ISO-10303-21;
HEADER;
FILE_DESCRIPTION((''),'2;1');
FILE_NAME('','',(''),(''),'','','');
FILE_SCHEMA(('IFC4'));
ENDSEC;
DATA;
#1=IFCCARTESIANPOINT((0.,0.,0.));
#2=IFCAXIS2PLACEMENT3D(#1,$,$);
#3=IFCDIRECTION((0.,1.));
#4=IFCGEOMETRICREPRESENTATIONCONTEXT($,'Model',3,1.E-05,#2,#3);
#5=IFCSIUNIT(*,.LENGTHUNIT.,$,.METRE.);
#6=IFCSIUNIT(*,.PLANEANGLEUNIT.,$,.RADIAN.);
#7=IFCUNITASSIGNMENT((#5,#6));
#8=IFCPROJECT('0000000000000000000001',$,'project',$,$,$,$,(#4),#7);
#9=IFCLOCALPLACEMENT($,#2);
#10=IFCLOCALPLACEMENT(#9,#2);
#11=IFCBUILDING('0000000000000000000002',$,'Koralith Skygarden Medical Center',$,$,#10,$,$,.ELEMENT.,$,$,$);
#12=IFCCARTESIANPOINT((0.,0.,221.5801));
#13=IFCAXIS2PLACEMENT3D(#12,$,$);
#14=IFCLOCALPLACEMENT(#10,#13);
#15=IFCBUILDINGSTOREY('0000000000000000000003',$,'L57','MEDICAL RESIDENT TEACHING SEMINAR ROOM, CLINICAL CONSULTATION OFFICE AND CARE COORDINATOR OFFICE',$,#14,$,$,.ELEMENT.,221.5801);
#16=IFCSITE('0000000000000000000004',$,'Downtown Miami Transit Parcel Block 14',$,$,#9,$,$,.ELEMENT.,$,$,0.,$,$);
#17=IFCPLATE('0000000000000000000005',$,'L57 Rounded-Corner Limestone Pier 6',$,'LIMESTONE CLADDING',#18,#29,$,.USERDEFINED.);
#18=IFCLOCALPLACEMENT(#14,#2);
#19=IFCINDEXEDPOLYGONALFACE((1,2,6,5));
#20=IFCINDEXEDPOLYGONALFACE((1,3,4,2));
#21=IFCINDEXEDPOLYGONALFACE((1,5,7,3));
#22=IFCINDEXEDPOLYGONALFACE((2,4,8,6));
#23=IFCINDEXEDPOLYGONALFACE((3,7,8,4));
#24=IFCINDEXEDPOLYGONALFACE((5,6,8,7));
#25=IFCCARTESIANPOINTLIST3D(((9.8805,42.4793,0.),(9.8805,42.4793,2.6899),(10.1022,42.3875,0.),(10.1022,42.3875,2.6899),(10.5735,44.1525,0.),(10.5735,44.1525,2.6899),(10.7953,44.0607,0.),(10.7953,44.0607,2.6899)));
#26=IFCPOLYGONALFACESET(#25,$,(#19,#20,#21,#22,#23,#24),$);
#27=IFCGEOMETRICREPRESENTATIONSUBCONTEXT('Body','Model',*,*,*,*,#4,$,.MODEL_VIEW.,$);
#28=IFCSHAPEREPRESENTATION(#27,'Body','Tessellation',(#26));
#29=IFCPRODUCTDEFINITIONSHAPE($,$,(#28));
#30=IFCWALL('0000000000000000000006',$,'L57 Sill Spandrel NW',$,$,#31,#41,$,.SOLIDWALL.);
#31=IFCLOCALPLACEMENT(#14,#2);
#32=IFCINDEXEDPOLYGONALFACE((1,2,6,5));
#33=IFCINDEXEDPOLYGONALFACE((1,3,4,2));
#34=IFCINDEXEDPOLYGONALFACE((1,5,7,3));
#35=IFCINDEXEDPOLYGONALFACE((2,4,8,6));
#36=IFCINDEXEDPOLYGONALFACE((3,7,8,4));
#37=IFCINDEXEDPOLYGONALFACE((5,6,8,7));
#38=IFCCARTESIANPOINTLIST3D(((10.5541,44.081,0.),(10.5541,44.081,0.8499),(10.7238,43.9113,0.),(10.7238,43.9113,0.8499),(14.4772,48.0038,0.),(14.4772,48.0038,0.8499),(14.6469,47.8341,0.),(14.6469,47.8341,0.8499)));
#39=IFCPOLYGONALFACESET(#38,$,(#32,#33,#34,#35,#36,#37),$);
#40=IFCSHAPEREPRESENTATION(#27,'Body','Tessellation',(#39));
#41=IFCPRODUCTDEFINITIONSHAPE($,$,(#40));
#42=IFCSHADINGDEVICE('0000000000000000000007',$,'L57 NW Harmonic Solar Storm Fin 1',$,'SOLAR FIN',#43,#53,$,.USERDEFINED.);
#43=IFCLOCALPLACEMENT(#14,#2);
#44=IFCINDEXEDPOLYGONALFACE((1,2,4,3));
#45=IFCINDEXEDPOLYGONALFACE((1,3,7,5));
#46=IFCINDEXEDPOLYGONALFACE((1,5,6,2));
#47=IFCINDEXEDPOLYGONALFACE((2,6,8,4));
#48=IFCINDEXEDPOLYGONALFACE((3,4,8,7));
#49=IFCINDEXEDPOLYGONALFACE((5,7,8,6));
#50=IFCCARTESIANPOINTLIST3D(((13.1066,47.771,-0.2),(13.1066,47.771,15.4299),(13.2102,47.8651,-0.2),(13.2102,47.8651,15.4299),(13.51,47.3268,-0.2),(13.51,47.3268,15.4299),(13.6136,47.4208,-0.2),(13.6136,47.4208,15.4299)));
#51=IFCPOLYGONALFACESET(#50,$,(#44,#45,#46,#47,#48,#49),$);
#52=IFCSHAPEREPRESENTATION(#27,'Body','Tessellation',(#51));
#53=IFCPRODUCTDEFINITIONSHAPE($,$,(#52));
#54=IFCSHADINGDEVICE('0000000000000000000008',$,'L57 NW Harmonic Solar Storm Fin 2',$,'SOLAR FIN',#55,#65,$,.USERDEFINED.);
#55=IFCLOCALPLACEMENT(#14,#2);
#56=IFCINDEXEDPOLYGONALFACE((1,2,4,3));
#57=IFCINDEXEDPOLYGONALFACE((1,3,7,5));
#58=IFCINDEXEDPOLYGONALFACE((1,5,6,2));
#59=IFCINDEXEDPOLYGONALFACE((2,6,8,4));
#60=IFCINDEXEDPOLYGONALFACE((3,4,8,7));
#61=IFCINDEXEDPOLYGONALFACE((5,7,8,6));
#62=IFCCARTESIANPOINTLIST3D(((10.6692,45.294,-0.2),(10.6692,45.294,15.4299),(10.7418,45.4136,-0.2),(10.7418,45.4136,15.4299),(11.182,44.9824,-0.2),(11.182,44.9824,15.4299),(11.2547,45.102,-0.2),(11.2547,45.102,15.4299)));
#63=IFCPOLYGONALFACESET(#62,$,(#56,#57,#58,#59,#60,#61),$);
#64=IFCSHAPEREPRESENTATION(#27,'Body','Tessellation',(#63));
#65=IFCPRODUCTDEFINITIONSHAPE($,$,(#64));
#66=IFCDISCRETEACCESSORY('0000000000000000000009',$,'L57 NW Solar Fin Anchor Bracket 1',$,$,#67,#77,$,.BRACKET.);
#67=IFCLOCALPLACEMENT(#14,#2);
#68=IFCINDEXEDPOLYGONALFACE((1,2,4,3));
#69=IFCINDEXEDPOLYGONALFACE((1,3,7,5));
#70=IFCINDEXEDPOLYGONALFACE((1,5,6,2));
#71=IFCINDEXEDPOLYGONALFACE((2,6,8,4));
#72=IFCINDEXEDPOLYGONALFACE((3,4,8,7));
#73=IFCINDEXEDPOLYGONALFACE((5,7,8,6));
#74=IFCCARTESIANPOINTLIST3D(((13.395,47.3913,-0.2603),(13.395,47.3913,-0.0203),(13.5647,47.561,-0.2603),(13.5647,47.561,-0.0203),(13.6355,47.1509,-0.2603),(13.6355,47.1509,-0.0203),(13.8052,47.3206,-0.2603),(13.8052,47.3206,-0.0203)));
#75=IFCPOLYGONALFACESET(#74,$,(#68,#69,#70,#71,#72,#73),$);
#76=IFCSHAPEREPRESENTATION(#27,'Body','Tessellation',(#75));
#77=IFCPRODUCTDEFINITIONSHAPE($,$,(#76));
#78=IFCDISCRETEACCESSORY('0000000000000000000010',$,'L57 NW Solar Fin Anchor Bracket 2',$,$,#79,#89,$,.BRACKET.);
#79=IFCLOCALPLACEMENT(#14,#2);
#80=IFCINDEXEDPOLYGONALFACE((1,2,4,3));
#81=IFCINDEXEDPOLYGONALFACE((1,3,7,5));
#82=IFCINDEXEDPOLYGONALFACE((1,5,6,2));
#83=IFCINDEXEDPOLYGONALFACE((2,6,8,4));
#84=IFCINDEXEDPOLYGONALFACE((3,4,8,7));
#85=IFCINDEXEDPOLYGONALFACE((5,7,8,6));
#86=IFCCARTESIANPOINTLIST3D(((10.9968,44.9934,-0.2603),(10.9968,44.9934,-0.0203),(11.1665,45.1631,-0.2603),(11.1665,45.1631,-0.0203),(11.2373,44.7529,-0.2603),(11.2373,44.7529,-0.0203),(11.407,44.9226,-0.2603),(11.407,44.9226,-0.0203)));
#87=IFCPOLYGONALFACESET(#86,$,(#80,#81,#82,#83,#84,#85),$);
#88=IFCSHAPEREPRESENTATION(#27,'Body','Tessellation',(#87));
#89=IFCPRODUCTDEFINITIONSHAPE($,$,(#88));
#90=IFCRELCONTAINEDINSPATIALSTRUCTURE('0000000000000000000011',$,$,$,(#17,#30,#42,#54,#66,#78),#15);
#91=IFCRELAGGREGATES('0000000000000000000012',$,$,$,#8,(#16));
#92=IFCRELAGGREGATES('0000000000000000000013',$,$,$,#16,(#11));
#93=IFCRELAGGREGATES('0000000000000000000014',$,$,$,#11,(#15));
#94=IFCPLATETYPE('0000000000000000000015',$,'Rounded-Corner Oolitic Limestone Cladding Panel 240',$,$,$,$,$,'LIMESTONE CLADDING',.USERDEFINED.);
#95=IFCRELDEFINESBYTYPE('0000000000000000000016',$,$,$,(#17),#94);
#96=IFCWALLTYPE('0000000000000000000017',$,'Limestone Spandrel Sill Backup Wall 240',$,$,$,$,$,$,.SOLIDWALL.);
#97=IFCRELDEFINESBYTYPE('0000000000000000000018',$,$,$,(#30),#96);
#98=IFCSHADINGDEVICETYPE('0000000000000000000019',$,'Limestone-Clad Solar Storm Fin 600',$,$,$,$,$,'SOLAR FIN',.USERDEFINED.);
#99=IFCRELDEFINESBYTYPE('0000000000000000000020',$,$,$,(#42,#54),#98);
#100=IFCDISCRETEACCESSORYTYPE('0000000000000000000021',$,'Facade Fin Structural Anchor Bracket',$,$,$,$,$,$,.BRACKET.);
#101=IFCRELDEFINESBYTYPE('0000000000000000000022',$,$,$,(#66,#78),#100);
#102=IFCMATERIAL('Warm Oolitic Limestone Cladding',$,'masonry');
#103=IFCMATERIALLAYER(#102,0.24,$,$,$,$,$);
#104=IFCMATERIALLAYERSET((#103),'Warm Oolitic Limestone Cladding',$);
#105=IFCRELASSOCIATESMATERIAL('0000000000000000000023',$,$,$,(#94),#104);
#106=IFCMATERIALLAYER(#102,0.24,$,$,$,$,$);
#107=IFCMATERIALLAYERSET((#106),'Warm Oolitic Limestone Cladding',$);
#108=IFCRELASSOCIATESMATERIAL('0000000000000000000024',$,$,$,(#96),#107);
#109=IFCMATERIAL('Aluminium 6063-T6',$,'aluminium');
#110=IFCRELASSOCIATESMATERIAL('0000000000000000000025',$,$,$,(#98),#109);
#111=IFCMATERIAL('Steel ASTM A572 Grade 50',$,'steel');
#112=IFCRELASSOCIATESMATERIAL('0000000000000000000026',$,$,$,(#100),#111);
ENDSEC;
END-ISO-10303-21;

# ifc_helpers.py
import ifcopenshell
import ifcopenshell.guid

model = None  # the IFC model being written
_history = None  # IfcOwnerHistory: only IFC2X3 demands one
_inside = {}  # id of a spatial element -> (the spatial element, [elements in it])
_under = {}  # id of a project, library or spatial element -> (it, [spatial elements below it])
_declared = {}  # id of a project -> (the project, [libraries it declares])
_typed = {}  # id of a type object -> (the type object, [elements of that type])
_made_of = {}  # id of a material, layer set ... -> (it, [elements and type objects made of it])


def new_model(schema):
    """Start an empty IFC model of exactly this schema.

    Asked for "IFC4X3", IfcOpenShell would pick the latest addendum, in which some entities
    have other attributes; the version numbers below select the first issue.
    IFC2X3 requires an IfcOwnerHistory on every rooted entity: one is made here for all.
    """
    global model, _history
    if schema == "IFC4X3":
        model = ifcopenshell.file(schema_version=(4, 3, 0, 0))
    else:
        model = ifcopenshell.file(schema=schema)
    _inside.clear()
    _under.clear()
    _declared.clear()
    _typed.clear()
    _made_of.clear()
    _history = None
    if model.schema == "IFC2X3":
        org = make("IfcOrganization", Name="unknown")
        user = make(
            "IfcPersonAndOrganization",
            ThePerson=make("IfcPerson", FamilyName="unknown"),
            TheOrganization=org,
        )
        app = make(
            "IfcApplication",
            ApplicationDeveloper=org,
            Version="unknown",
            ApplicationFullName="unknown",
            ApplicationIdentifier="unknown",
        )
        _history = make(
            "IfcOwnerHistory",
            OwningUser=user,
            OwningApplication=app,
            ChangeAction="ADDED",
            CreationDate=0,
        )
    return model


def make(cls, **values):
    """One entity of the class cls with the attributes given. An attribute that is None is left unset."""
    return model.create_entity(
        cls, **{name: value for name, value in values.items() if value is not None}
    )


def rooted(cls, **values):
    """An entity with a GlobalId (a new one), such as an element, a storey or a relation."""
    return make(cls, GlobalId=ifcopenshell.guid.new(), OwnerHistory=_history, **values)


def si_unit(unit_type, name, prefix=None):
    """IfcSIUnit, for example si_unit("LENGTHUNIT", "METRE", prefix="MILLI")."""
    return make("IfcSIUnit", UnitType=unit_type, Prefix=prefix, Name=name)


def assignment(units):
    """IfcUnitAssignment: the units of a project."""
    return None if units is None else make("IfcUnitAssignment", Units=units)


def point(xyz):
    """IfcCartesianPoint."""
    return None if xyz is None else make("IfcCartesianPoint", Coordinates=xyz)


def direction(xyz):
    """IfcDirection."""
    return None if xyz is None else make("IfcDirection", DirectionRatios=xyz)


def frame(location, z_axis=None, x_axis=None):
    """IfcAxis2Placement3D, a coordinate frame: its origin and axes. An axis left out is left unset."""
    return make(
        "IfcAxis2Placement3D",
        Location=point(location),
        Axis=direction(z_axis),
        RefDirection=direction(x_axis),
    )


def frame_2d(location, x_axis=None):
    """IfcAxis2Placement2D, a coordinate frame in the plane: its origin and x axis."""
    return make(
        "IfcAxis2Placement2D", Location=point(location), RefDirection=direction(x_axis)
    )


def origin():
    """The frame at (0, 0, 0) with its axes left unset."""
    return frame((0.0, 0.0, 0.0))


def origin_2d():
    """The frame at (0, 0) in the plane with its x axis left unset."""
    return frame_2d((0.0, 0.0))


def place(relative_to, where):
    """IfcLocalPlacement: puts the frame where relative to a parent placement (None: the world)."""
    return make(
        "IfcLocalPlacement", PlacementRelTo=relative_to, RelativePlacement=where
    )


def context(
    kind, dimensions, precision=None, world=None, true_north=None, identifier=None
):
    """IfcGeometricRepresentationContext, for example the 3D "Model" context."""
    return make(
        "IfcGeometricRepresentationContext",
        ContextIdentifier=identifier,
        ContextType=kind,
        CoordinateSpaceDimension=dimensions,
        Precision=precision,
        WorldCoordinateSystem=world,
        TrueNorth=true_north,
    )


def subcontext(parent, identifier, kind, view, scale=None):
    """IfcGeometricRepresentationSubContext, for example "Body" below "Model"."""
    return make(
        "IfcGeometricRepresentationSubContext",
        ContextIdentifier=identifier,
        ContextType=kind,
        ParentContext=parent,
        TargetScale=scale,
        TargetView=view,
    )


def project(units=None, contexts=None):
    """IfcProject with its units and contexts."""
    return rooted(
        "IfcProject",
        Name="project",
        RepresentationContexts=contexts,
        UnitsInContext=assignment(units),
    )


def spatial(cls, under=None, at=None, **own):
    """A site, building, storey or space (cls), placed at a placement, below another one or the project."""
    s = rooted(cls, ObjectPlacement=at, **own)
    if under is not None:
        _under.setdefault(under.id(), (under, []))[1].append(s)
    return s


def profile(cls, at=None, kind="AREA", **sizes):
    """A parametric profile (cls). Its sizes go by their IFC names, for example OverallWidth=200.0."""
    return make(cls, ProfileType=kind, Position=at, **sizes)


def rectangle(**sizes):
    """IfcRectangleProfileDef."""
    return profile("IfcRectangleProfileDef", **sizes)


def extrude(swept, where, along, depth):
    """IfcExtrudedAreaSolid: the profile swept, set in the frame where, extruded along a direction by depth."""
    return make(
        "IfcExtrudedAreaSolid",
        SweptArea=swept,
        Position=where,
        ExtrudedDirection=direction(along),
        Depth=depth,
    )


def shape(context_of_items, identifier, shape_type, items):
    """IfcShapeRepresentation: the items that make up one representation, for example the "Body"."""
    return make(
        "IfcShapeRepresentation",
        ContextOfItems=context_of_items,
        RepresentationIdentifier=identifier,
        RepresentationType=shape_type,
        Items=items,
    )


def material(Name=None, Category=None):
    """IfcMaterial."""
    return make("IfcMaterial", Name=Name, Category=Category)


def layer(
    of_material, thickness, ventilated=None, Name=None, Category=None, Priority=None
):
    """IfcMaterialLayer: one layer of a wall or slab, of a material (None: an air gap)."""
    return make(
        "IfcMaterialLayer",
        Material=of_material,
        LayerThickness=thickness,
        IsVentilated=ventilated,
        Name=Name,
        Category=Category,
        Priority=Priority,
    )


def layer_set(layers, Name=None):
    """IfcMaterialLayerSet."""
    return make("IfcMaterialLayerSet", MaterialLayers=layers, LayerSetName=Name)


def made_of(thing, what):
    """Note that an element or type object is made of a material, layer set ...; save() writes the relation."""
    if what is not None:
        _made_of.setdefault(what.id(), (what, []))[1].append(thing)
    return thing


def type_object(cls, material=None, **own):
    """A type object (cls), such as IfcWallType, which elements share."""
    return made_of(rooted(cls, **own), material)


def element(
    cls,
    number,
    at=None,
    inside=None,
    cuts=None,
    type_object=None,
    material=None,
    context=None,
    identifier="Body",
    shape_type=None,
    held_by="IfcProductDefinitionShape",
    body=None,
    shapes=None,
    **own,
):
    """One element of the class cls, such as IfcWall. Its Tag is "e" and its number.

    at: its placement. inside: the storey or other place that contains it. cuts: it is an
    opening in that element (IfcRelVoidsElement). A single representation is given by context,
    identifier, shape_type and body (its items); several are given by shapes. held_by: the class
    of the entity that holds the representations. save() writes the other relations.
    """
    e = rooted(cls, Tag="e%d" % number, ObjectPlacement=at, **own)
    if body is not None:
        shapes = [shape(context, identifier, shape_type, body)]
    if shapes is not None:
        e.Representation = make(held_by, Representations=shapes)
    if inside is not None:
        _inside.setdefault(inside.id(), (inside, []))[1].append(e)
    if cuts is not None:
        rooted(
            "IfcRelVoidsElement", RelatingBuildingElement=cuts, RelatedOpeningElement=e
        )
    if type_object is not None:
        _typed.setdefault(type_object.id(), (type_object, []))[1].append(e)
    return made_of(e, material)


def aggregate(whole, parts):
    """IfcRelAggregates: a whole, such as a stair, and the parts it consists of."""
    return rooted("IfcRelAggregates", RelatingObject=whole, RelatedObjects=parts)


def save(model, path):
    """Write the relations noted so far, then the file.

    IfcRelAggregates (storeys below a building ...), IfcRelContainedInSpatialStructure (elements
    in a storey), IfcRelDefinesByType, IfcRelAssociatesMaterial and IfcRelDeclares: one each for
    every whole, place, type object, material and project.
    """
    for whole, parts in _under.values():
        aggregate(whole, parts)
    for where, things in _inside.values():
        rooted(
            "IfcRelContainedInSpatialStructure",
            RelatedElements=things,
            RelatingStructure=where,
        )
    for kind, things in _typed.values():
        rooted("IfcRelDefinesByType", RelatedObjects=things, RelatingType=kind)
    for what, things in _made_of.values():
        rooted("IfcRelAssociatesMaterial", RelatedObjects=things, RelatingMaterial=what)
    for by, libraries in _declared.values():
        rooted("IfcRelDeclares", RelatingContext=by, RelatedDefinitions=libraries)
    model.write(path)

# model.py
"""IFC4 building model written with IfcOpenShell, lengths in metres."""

from ifc_helpers import new_model, si_unit, direction, frame, frame_2d, origin, origin_2d, place, context, subcontext, project, spatial, rectangle, extrude, material, layer, layer_set, type_object, element, save


model = new_model("IFC4")

# Units and contexts
model_context = context("Model", 3, precision=1e-05, world=origin(), true_north=direction((0.0, 1.0)))
body_context = subcontext(model_context, "Body", "Model", "MODEL_VIEW")
ifc_project = project(units=[si_unit("LENGTHUNIT", "METRE"), si_unit("PLANEANGLEUNIT", "RADIAN")], contexts=[model_context])

# Site, building, storey
site_placement = place(None, origin())
site = spatial("IfcSite", under=ifc_project, at=site_placement, Name="Downtown Miami Transit Parcel Block 14", CompositionType="ELEMENT", RefElevation=0.0)
building_placement = place(site_placement, origin())
building = spatial("IfcBuilding", under=site, at=building_placement, Name="Koralith Skygarden Medical Center", CompositionType="ELEMENT")
storey_placement = place(building_placement, frame((0.0, 0.0, 221.5801)))
storey = spatial("IfcBuildingStorey", under=building, at=storey_placement, Name="L57", Description="MEDICAL RESIDENT TEACHING SEMINAR ROOM, CLINICAL CONSULTATION OFFICE AND CARE COORDINATOR OFFICE", CompositionType="ELEMENT", Elevation=221.5801)

# Shared definitions
ifc_material_1 = material(Name="Aluminium 6063-T6", Category="aluminium")

# Plate
ifc_material_2 = material(Name="Warm Oolitic Limestone Cladding", Category="masonry")
ifc_layer_1 = layer(ifc_material_2, 0.24)
ifc_layer_set_1 = layer_set([ifc_layer_1], Name="Warm Oolitic Limestone Cladding")
plate_type_1 = type_object("IfcPlateType", Name="Rounded-Corner Oolitic Limestone Cladding Panel 240", ElementType="LIMESTONE CLADDING", PredefinedType="USERDEFINED", material=ifc_layer_set_1)
for number, where, z_axis, x_axis, name in (
    (1, (10.3379, 43.27, 0.0), (0.0, 0.0, 1.0), (-0.382671, -0.923885, 0.0), "L57 Rounded-Corner Limestone Pier 6"),
):
    element("IfcPlate", number, at=place(storey_placement, frame(where, z_axis=z_axis, x_axis=x_axis)), inside=storey, type_object=plate_type_1, Name=name, ObjectType="LIMESTONE CLADDING", PredefinedType="USERDEFINED", context=body_context, shape_type="SweptSolid", body=[
        extrude(rectangle(XDim=1.811, YDim=0.24, at=origin_2d()), origin(), (0.0, 0.0, 1.0), 2.6899),
    ])

# Wall
ifc_layer_2 = layer(ifc_material_2, 0.24)
ifc_layer_set_2 = layer_set([ifc_layer_2], Name="Warm Oolitic Limestone Cladding")
wall_type = type_object("IfcWallType", Name="Limestone Spandrel Sill Backup Wall 240", PredefinedType="SOLIDWALL", material=ifc_layer_set_2)
wall_placement = place(storey_placement, frame((14.562, 47.9189, 0.0), z_axis=(0.0, 0.0, 1.0), x_axis=(-0.707129, -0.707085, 0.0)))
element("IfcWall", 2, at=wall_placement, inside=storey, type_object=wall_type, Name="L57 Sill Spandrel NW", PredefinedType="SOLIDWALL", context=body_context, shape_type="SweptSolid", body=[
    extrude(rectangle(XDim=5.5479, YDim=0.24, at=frame_2d((2.7739, 0.0))), origin(), (0.0, 0.0, 1.0), 0.8499),
])

# Shading devices
shading_device_type = type_object("IfcShadingDeviceType", Name="Limestone-Clad Solar Storm Fin 600", ElementType="SOLAR FIN", PredefinedType="USERDEFINED", material=ifc_material_1)
for number, where, z_axis, x_axis, name in (
    (3, (13.3601, 47.5959, -0.2), (0.0, 0.0, 1.0), (-0.672289, 0.740289, 0.0), "L57 NW Harmonic Solar Storm Fin 1"),
    (4, (10.9619, 45.198, -0.2), (0.0, 0.0, 1.0), (-0.854676, 0.519161, 0.0), "L57 NW Harmonic Solar Storm Fin 2"),
):
    element("IfcShadingDevice", number, at=place(storey_placement, frame(where, z_axis=z_axis, x_axis=x_axis)), inside=storey, type_object=shading_device_type, Name=name, ObjectType="SOLAR FIN", PredefinedType="USERDEFINED", context=body_context, shape_type="SweptSolid", body=[
        extrude(rectangle(XDim=0.6001, YDim=0.1399, at=origin_2d()), origin(), (0.0, 0.0, 1.0), 15.6299),
    ])

# Discrete accessories
ifc_material_3 = material(Name="Steel ASTM A572 Grade 50", Category="steel")
discrete_accessory_type = type_object("IfcDiscreteAccessoryType", Name="Facade Fin Structural Anchor Bracket", PredefinedType="BRACKET", material=ifc_material_3)
for number, where, z_axis, x_axis, name in (
    (5, (13.6001, 47.356, -0.2603), (0.0, 0.0, 1.0), (-0.707107, 0.707107, 0.0), "L57 NW Solar Fin Anchor Bracket 1"),
    (6, (11.2019, 44.958, -0.2603), (0.0, 0.0, 1.0), (-0.707107, 0.707107, 0.0), "L57 NW Solar Fin Anchor Bracket 2"),
):
    element("IfcDiscreteAccessory", number, at=place(storey_placement, frame(where, z_axis=z_axis, x_axis=x_axis)), inside=storey, type_object=discrete_accessory_type, Name=name, PredefinedType="BRACKET", context=body_context, shape_type="SweptSolid", body=[
        extrude(rectangle(XDim=0.3401, YDim=0.24, at=origin_2d()), origin(), (0.0, 0.0, 1.0), 0.24),
    ])

save(model, "model.ifc")
